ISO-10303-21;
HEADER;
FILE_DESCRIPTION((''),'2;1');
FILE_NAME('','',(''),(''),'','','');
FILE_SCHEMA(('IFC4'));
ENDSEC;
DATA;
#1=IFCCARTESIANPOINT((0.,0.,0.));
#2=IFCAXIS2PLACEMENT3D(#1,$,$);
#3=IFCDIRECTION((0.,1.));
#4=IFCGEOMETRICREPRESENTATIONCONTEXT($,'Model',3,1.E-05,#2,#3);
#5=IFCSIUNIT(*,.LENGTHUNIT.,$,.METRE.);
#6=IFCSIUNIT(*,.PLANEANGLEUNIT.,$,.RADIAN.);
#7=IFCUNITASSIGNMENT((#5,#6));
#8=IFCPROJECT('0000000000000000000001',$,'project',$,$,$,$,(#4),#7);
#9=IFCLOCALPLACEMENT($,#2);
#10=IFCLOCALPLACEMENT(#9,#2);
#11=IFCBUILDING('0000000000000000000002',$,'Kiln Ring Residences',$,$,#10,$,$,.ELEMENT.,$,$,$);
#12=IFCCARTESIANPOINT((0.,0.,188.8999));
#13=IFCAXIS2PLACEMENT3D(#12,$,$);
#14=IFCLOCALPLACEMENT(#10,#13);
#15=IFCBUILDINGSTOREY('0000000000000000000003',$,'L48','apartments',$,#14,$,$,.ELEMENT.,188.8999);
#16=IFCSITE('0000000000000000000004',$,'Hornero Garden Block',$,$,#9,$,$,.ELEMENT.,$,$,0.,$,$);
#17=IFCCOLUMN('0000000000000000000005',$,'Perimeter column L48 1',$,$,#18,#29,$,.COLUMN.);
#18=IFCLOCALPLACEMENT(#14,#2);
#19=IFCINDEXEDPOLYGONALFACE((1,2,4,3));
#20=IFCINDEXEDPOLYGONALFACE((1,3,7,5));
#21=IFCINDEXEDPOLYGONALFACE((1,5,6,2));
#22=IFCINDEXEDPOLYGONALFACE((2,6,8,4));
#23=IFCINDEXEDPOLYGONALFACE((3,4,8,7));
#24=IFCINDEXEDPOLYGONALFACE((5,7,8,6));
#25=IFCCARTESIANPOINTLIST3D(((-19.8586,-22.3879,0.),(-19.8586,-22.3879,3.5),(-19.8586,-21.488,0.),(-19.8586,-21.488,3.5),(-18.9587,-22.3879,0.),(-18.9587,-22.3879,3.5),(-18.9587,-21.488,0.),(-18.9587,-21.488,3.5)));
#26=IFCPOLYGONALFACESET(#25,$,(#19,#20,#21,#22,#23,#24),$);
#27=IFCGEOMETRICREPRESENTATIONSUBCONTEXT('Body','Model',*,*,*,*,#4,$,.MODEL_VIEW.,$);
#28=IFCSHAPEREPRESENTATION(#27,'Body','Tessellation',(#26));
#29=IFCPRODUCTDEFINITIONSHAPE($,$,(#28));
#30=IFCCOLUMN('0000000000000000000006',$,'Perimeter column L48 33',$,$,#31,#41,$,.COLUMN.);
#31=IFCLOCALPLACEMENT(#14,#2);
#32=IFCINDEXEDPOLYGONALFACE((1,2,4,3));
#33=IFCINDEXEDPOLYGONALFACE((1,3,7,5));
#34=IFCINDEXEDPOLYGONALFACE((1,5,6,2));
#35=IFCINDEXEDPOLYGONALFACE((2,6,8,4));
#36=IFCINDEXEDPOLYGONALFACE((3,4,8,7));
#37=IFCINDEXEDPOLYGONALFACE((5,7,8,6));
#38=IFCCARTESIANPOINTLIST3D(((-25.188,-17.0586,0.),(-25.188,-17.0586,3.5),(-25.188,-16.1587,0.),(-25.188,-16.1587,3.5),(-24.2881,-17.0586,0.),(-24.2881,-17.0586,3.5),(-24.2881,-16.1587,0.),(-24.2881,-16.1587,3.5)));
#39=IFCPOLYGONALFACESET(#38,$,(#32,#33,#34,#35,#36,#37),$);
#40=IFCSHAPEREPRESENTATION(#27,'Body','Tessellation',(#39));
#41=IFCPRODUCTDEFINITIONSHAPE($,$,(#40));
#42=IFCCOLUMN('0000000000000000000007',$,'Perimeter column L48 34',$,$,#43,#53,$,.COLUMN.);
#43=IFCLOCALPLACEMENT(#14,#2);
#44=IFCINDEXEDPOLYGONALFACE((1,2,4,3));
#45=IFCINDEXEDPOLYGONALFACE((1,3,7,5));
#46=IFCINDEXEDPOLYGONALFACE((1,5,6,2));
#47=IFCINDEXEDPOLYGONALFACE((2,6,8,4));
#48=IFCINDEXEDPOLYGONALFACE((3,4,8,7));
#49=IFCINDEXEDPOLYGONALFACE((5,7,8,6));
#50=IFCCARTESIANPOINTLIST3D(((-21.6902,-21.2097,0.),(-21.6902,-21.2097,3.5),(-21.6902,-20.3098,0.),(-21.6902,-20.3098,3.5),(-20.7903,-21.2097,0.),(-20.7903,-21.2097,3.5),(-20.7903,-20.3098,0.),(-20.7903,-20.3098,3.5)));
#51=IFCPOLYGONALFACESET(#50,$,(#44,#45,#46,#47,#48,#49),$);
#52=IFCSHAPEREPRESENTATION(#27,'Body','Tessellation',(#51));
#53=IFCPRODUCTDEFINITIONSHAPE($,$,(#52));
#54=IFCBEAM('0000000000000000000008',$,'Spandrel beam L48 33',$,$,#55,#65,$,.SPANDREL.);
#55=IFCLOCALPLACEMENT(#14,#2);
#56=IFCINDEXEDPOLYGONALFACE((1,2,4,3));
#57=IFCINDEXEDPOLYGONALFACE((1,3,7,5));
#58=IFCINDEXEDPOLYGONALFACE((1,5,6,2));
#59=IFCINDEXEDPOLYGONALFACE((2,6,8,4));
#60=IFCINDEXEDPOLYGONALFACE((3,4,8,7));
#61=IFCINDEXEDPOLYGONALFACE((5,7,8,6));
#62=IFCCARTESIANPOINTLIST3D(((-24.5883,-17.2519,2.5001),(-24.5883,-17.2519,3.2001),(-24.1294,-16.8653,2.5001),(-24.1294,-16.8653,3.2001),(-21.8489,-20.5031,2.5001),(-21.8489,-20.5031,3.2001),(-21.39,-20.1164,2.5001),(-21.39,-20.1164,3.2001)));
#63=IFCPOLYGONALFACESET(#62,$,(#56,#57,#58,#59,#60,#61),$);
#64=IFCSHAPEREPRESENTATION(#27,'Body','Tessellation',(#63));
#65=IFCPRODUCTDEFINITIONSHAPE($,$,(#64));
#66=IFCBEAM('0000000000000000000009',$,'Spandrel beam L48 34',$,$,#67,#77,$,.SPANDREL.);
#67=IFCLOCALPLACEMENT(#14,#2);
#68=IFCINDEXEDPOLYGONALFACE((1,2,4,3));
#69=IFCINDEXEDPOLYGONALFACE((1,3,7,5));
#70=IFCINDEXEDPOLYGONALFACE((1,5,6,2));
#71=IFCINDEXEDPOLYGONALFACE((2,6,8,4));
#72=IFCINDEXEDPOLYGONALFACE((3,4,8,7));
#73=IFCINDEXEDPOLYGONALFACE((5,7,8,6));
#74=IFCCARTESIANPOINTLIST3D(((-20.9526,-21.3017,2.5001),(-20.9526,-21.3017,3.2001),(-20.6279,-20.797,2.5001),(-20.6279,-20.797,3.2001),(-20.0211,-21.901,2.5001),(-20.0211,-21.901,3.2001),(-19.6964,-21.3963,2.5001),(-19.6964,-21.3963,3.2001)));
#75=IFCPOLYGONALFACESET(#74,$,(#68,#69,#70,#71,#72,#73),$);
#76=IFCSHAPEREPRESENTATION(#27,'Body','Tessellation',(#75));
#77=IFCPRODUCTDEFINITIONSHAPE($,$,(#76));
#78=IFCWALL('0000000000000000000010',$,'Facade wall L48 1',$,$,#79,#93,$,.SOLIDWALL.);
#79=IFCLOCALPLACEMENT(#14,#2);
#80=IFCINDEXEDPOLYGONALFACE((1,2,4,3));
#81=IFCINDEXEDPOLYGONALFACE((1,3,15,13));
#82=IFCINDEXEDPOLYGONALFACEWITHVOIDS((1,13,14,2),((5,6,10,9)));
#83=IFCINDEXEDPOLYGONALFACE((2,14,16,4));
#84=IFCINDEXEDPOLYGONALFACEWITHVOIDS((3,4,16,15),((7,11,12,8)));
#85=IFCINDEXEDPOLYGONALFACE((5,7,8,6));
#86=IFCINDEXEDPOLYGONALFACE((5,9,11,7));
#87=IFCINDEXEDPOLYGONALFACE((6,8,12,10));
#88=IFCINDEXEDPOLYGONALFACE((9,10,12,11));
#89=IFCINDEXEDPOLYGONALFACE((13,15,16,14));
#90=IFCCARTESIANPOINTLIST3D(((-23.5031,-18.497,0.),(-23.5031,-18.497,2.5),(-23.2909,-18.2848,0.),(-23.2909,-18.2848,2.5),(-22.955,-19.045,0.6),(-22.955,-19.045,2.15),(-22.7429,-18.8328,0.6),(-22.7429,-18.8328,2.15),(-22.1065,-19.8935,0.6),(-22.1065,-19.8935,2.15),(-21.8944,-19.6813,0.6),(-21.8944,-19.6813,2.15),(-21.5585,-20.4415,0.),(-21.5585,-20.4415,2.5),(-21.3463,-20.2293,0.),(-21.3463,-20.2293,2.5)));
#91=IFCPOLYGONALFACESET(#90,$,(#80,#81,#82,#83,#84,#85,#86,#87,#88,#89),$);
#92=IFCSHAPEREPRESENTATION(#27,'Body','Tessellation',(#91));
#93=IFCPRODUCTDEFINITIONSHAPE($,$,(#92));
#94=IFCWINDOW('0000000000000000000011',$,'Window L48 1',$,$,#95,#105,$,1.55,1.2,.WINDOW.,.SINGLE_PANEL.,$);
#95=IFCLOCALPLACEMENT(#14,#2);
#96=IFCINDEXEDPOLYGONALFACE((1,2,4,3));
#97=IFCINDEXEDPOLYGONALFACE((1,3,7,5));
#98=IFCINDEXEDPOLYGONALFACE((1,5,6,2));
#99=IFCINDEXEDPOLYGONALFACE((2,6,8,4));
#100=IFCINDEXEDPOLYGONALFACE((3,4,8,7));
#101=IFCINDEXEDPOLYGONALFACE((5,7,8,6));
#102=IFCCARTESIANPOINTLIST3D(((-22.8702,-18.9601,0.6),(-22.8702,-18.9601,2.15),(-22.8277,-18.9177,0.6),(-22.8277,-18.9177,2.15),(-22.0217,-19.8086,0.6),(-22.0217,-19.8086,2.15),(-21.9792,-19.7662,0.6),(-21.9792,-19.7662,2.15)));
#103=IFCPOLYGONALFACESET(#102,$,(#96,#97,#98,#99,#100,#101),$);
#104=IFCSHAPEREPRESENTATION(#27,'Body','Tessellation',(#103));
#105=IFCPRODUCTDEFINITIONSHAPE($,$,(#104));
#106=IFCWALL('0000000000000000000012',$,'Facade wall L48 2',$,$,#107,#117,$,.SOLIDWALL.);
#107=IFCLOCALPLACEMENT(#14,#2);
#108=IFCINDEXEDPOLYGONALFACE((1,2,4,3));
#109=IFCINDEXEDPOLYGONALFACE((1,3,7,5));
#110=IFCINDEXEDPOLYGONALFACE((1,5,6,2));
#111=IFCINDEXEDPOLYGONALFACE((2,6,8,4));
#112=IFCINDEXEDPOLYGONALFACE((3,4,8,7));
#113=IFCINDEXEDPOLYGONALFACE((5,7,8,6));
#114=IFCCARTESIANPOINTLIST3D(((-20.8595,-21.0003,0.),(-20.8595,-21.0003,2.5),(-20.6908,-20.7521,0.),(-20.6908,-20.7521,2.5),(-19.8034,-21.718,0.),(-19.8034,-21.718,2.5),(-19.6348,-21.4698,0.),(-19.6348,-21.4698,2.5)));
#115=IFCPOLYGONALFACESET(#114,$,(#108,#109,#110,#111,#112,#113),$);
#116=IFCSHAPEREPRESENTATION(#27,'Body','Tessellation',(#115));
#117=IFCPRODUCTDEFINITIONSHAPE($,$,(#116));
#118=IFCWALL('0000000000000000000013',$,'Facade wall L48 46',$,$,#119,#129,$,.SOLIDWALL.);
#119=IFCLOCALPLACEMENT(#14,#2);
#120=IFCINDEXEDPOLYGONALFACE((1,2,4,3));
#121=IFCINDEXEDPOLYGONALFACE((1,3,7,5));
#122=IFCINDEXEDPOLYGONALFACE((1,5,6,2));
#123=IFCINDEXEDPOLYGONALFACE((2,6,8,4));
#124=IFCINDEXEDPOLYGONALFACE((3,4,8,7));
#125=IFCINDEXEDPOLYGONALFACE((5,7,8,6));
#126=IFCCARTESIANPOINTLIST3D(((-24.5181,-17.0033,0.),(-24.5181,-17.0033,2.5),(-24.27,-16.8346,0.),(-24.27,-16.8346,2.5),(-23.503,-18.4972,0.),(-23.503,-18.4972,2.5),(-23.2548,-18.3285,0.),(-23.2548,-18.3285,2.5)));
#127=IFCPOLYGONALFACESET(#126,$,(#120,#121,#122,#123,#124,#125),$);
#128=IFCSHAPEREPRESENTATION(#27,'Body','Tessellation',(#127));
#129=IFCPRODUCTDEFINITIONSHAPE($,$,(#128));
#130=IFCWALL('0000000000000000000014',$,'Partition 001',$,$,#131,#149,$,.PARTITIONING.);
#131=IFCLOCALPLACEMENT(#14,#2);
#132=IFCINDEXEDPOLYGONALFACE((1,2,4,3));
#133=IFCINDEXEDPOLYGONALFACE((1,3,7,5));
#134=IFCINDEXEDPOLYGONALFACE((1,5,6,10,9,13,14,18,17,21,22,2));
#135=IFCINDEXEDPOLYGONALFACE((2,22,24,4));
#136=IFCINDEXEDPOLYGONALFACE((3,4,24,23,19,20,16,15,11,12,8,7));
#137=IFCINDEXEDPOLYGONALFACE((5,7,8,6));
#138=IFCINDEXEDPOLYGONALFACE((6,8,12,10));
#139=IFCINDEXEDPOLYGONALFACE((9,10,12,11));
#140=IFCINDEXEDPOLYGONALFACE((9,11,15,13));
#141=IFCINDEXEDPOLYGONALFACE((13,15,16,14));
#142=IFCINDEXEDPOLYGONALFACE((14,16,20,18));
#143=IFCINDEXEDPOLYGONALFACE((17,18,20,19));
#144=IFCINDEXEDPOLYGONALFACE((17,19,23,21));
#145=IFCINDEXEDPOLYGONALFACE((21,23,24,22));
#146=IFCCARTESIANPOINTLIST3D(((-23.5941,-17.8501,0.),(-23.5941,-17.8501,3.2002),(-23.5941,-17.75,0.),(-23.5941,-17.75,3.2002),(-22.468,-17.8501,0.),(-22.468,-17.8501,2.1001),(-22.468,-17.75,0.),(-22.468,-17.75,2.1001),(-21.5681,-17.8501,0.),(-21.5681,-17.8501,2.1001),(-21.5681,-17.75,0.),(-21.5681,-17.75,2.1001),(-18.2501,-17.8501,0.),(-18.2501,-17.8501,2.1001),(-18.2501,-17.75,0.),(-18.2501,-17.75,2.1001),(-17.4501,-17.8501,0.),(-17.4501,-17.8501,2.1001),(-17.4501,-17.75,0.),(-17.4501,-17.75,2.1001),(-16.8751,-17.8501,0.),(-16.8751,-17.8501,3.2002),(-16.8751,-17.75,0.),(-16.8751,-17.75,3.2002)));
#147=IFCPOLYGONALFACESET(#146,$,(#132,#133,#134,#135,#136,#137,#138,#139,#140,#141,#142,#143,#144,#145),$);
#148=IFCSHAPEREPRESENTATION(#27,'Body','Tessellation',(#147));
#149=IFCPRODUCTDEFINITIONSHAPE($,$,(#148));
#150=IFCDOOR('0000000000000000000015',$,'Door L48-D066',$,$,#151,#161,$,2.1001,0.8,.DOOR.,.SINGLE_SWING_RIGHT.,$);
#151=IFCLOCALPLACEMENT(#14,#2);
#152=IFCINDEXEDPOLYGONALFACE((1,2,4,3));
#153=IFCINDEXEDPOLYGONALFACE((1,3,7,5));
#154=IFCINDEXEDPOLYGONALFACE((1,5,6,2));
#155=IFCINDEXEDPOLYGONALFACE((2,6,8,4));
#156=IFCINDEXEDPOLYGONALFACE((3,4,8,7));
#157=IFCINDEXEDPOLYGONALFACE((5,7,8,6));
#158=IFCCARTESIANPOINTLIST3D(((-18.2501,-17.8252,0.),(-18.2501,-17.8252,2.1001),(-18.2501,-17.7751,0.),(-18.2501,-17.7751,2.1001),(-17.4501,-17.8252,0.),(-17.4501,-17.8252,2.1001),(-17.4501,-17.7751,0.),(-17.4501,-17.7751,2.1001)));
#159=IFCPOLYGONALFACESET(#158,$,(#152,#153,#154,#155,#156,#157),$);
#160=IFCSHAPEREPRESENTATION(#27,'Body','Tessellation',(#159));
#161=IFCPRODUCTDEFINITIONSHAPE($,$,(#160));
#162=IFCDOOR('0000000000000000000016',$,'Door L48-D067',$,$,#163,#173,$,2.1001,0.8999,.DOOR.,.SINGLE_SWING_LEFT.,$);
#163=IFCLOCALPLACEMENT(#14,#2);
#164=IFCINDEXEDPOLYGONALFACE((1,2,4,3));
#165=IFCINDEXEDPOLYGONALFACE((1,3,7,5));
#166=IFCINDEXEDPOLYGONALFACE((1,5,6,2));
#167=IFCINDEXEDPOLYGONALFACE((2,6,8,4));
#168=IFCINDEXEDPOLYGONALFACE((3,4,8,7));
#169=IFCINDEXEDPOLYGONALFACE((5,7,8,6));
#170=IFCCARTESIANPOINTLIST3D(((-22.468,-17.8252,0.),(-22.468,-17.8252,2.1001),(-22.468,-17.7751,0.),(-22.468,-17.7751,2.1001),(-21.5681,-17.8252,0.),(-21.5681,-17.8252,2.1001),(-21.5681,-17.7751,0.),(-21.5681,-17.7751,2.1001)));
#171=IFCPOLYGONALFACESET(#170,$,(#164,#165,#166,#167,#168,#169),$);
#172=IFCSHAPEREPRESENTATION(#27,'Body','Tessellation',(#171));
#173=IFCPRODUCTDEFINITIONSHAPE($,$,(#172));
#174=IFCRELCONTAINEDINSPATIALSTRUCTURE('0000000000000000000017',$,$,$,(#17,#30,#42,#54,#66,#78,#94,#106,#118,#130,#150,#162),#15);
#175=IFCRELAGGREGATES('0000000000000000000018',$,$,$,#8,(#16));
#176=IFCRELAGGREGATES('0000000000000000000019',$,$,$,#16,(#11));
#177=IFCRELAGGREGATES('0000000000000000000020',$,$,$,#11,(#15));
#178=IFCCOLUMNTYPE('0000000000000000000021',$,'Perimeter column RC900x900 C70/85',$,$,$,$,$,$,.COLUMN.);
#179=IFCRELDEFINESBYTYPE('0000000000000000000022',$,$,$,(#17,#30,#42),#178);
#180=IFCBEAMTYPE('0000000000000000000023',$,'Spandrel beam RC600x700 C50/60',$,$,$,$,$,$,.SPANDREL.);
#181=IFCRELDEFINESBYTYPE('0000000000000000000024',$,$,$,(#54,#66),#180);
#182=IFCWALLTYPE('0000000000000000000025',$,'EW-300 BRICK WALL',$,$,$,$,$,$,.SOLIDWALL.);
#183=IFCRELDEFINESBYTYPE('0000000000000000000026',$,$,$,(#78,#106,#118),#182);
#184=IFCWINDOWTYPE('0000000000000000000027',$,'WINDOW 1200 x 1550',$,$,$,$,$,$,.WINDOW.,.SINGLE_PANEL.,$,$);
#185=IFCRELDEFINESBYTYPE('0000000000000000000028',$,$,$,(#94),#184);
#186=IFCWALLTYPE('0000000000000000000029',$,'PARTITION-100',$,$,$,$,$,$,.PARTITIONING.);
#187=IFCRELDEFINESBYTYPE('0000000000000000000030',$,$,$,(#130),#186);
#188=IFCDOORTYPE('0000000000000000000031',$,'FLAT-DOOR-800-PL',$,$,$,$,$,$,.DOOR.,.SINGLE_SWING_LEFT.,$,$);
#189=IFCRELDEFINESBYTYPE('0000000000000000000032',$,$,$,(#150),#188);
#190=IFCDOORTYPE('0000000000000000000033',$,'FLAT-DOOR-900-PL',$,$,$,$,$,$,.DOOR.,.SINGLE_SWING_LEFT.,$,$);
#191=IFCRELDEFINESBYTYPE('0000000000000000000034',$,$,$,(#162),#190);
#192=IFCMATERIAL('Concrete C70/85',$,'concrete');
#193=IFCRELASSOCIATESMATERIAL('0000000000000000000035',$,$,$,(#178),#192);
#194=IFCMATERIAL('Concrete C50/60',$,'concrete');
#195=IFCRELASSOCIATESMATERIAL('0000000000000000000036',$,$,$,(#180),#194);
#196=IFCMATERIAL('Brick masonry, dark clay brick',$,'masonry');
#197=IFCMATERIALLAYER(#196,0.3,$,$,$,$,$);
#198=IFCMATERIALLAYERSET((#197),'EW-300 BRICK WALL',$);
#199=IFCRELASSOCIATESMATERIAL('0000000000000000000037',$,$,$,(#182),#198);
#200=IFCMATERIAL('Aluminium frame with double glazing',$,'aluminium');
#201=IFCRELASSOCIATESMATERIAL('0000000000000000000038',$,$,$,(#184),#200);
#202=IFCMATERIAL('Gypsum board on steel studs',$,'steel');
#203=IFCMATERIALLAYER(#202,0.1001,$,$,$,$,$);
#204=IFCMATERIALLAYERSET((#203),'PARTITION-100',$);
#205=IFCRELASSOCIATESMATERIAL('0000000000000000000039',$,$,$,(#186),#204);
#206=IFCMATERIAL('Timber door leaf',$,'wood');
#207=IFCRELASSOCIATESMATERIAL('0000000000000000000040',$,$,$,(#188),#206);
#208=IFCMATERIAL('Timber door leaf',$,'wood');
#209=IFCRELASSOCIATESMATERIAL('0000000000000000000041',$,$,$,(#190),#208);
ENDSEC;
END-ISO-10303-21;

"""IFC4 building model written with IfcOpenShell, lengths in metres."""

from ifc_helpers import new_model, si_unit, direction, frame, frame_2d, origin, origin_2d, place, context, subcontext, project, spatial, rectangle, extrude, material, layer, layer_set, material_profile, profile_set, type_object, element, fill, save


model = new_model("IFC4")

# Units and contexts
model_context = context("Model", 3, precision=1e-05, world=origin(), true_north=direction((0.0, 1.0)))
body_context = subcontext(model_context, "Body", "Model", "MODEL_VIEW")
ifc_project = project(units=[si_unit("LENGTHUNIT", "METRE"), si_unit("PLANEANGLEUNIT", "RADIAN")], contexts=[model_context])

# Site, building, storey
site_placement = place(None, origin())
site = spatial("IfcSite", under=ifc_project, at=site_placement, Name="Hornero Garden Block", CompositionType="ELEMENT", RefElevation=0.0)
building_placement = place(site_placement, origin())
building = spatial("IfcBuilding", under=site, at=building_placement, Name="Kiln Ring Residences", CompositionType="ELEMENT")
storey_placement = place(building_placement, frame((0.0, 0.0, 188.8999)))
storey = spatial("IfcBuildingStorey", under=building, at=storey_placement, Name="L48", Description="apartments", CompositionType="ELEMENT", Elevation=188.8999)

# Columns
ifc_material_1 = material(Name="Concrete C70/85", Category="concrete")
ifc_material_profile_1 = material_profile(ifc_material_1, rectangle(XDim=0.8999, YDim=0.8999, at=origin_2d()), Name="RC900x900")
ifc_profile_set_1 = profile_set([ifc_material_profile_1], Name="Concrete C70/85")
column_type = type_object("IfcColumnType", Name="Perimeter column RC900x900 C70/85", PredefinedType="COLUMN", material=ifc_profile_set_1)
for number, where, z_axis, x_axis, name in (
    (1, (-19.4087, -21.938, 0.0), (0.0, 0.0, 1.0), (1.0, 0.0, 0.0), "Perimeter column L48 1"),
    (2, (-24.738, -16.6086, 0.0), (0.0, 0.0, 1.0), (1.0, 0.0, 0.0), "Perimeter column L48 33"),
    (3, (-21.2402, -20.7598, 0.0), (0.0, 0.0, 1.0), (1.0, 0.0, 0.0), "Perimeter column L48 34"),
):
    element("IfcColumn", number, at=place(storey_placement, frame(where, z_axis=z_axis, x_axis=x_axis)), inside=storey, type_object=column_type, Name=name, PredefinedType="COLUMN", context=body_context, shape_type="SweptSolid", body=[
        extrude(rectangle(XDim=0.8999, YDim=0.8999, at=origin_2d()), origin(), (0.0, 0.0, 1.0), 3.5),
    ])

# Beams
ifc_material_2 = material(Name="Concrete C50/60", Category="concrete")
ifc_material_profile_2 = material_profile(ifc_material_2, rectangle(XDim=0.6001, YDim=0.7, at=origin_2d()), Name="RC600x700")
ifc_profile_set_2 = profile_set([ifc_material_profile_2], Name="Concrete C50/60")
beam_type = type_object("IfcBeamType", Name="Spandrel beam RC600x700 C50/60", PredefinedType="SPANDREL", material=ifc_profile_set_2)
beam_1_placement = place(storey_placement, frame((-24.3589, -17.0586, 2.8501), z_axis=(0.64436, -0.764722, 0.0), x_axis=(0.764722, 0.64436, 0.0)))
element("IfcBeam", 4, at=beam_1_placement, inside=storey, type_object=beam_type, Name="Spandrel beam L48 33", PredefinedType="SPANDREL", context=body_context, shape_type="SweptSolid", body=[
    extrude(rectangle(XDim=0.6001, YDim=0.7, at=origin_2d()), origin(), (0.0, 0.0, 1.0), 4.2515),
])
beam_2_placement = place(storey_placement, frame((-20.7903, -21.0493, 2.8501), z_axis=(0.840992, -0.541047, 0.0), x_axis=(0.541047, 0.840992, 0.0)))
element("IfcBeam", 5, at=beam_2_placement, inside=storey, type_object=beam_type, Name="Spandrel beam L48 34", PredefinedType="SPANDREL", context=body_context, shape_type="SweptSolid", body=[
    extrude(rectangle(XDim=0.6001, YDim=0.7, at=origin_2d()), origin(), (0.0, 0.0, 1.0), 1.1077),
])

# Wall, opening, window
ifc_material_3 = material(Name="Brick masonry, dark clay brick", Category="masonry")
ifc_layer_1 = layer(ifc_material_3, 0.3)
ifc_layer_set_1 = layer_set([ifc_layer_1], Name="EW-300 BRICK WALL")
wall_type_1 = type_object("IfcWallType", Name="EW-300 BRICK WALL", PredefinedType="SOLIDWALL", material=ifc_layer_set_1)
wall_1_placement = place(storey_placement, frame((-23.397, -18.3909, 0.0), z_axis=(0.0, 0.0, 1.0), x_axis=(0.707107, -0.707107, 0.0)))
wall_1 = element("IfcWall", 6, at=wall_1_placement, inside=storey, type_object=wall_type_1, Name="Facade wall L48 1", PredefinedType="SOLIDWALL", context=body_context, shape_type="SweptSolid", body=[
    extrude(rectangle(XDim=2.75, YDim=0.3, at=frame_2d((1.375, 0.0))), origin(), (0.0, 0.0, 1.0), 2.5),
])
opening_1_placement = place(wall_1_placement, frame((0.7749, 0.0, 0.6001)))
opening_1 = element("IfcOpeningElement", 7, at=opening_1_placement, cuts=wall_1, PredefinedType="OPENING", context=body_context, shape_type="SweptSolid", body=[
    extrude(rectangle(XDim=1.2, YDim=1.55, at=frame_2d((0.6001, 0.7749))), frame((0.0, 0.1599, 0.0), z_axis=(0.0, -1.0, 0.0), x_axis=(1.0, 0.0, 0.0)), (0.0, 0.0, 1.0), 0.3201),
])
ifc_material_4 = material(Name="Aluminium frame with double glazing", Category="aluminium")
window_type = type_object("IfcWindowType", Name="WINDOW 1200 x 1550", PartitioningType="SINGLE_PANEL", PredefinedType="WINDOW", material=ifc_material_4)
window_placement = place(opening_1_placement, origin())
window = element("IfcWindow", 8, at=window_placement, inside=storey, type_object=window_type, Name="Window L48 1", OverallHeight=1.55, OverallWidth=1.2, PartitioningType="SINGLE_PANEL", PredefinedType="WINDOW", context=body_context, shape_type="SweptSolid", body=[
    extrude(rectangle(XDim=1.2, YDim=1.55, at=frame_2d((0.6001, 0.7749))), frame((0.0, 0.03, 0.0), z_axis=(0.0, -1.0, 0.0), x_axis=(1.0, 0.0, 0.0)), (0.0, 0.0, 1.0), 0.0601),
])
fill(opening_1, window)

# Walls
wall_2_placement = place(storey_placement, frame((-20.7751, -20.8762, 0.0), z_axis=(0.0, 0.0, 1.0), x_axis=(0.827076, -0.56209, 0.0)))
element("IfcWall", 9, at=wall_2_placement, inside=storey, type_object=wall_type_1, Name="Facade wall L48 2", PredefinedType="SOLIDWALL", context=body_context, shape_type="SweptSolid", body=[
    extrude(rectangle(XDim=1.2769, YDim=0.3, at=frame_2d((0.6384, 0.0))), origin(), (0.0, 0.0, 1.0), 2.5),
])
wall_3_placement = place(storey_placement, frame((-24.394, -16.9189, 0.0), z_axis=(0.0, 0.0, 1.0), x_axis=(0.56204, -0.82711, 0.0)))
element("IfcWall", 10, at=wall_3_placement, inside=storey, type_object=wall_type_1, Name="Facade wall L48 46", PredefinedType="SOLIDWALL", context=body_context, shape_type="SweptSolid", body=[
    extrude(rectangle(XDim=1.8062, YDim=0.3, at=frame_2d((0.9031, 0.0))), origin(), (0.0, 0.0, 1.0), 2.5),
])

# Wall, openings, doors
ifc_material_5 = material(Name="Gypsum board on steel studs", Category="steel")
ifc_layer_2 = layer(ifc_material_5, 0.1001)
ifc_layer_set_2 = layer_set([ifc_layer_2], Name="PARTITION-100")
wall_type_2 = type_object("IfcWallType", Name="PARTITION-100", PredefinedType="PARTITIONING", material=ifc_layer_set_2)
wall_4_placement = place(storey_placement, frame((-23.594, -17.8, 0.0), z_axis=(0.0, 0.0, 1.0), x_axis=(1.0, 0.0, 0.0)))
wall_4 = element("IfcWall", 11, at=wall_4_placement, inside=storey, type_object=wall_type_2, Name="Partition 001", PredefinedType="PARTITIONING", context=body_context, shape_type="SweptSolid", body=[
    extrude(rectangle(XDim=6.719, YDim=0.1001, at=frame_2d((3.3594, 0.0))), origin(), (0.0, 0.0, 1.0), 3.2002),
])
opening_2_placement = place(wall_4_placement, frame((5.344, 0.0, 0.0)))
opening_2 = element("IfcOpeningElement", 12, at=opening_2_placement, cuts=wall_4, PredefinedType="OPENING", context=body_context, shape_type="SweptSolid", body=[
    extrude(rectangle(XDim=0.8, YDim=2.1001, at=frame_2d((0.3999, 1.05))), frame((0.0, 0.0601, 0.0), z_axis=(0.0, -1.0, 0.0), x_axis=(1.0, 0.0, 0.0)), (0.0, 0.0, 1.0), 0.1201),
])
opening_3_placement = place(wall_4_placement, frame((1.126, 0.0, 0.0)))
opening_3 = element("IfcOpeningElement", 13, at=opening_3_placement, cuts=wall_4, PredefinedType="OPENING", context=body_context, shape_type="SweptSolid", body=[
    extrude(rectangle(XDim=0.8999, YDim=2.1001, at=frame_2d((0.45, 1.05))), frame((0.0, 0.0601, 0.0), z_axis=(0.0, -1.0, 0.0), x_axis=(1.0, 0.0, 0.0)), (0.0, 0.0, 1.0), 0.1201),
])
ifc_material_6 = material(Name="Timber door leaf", Category="wood")
door_type_1 = type_object("IfcDoorType", Name="FLAT-DOOR-800-PL", OperationType="SINGLE_SWING_LEFT", PredefinedType="DOOR", material=ifc_material_6)
door_1_placement = place(opening_2_placement, origin())
door_1 = element("IfcDoor", 14, at=door_1_placement, inside=storey, type_object=door_type_1, Name="Door L48-D066", OperationType="SINGLE_SWING_RIGHT", OverallHeight=2.1001, OverallWidth=0.8, PredefinedType="DOOR", context=body_context, shape_type="SweptSolid", body=[
    extrude(rectangle(XDim=0.8, YDim=2.1001, at=frame_2d((0.3999, 1.05))), frame((0.0, 0.0249, 0.0), z_axis=(0.0, -1.0, 0.0), x_axis=(1.0, 0.0, 0.0)), (0.0, 0.0, 1.0), 0.05),
])
fill(opening_2, door_1)
ifc_material_7 = material(Name="Timber door leaf", Category="wood")
door_type_2 = type_object("IfcDoorType", Name="FLAT-DOOR-900-PL", OperationType="SINGLE_SWING_LEFT", PredefinedType="DOOR", material=ifc_material_7)
door_2_placement = place(opening_3_placement, origin())
door_2 = element("IfcDoor", 15, at=door_2_placement, inside=storey, type_object=door_type_2, Name="Door L48-D067", OperationType="SINGLE_SWING_LEFT", OverallHeight=2.1001, OverallWidth=0.8999, PredefinedType="DOOR", context=body_context, shape_type="SweptSolid", body=[
    extrude(rectangle(XDim=0.8999, YDim=2.1001, at=frame_2d((0.45, 1.05))), frame((0.0, 0.0249, 0.0), z_axis=(0.0, -1.0, 0.0), x_axis=(1.0, 0.0, 0.0)), (0.0, 0.0, 1.0), 0.05),
])
fill(opening_3, door_2)

save(model, "model.ifc")
